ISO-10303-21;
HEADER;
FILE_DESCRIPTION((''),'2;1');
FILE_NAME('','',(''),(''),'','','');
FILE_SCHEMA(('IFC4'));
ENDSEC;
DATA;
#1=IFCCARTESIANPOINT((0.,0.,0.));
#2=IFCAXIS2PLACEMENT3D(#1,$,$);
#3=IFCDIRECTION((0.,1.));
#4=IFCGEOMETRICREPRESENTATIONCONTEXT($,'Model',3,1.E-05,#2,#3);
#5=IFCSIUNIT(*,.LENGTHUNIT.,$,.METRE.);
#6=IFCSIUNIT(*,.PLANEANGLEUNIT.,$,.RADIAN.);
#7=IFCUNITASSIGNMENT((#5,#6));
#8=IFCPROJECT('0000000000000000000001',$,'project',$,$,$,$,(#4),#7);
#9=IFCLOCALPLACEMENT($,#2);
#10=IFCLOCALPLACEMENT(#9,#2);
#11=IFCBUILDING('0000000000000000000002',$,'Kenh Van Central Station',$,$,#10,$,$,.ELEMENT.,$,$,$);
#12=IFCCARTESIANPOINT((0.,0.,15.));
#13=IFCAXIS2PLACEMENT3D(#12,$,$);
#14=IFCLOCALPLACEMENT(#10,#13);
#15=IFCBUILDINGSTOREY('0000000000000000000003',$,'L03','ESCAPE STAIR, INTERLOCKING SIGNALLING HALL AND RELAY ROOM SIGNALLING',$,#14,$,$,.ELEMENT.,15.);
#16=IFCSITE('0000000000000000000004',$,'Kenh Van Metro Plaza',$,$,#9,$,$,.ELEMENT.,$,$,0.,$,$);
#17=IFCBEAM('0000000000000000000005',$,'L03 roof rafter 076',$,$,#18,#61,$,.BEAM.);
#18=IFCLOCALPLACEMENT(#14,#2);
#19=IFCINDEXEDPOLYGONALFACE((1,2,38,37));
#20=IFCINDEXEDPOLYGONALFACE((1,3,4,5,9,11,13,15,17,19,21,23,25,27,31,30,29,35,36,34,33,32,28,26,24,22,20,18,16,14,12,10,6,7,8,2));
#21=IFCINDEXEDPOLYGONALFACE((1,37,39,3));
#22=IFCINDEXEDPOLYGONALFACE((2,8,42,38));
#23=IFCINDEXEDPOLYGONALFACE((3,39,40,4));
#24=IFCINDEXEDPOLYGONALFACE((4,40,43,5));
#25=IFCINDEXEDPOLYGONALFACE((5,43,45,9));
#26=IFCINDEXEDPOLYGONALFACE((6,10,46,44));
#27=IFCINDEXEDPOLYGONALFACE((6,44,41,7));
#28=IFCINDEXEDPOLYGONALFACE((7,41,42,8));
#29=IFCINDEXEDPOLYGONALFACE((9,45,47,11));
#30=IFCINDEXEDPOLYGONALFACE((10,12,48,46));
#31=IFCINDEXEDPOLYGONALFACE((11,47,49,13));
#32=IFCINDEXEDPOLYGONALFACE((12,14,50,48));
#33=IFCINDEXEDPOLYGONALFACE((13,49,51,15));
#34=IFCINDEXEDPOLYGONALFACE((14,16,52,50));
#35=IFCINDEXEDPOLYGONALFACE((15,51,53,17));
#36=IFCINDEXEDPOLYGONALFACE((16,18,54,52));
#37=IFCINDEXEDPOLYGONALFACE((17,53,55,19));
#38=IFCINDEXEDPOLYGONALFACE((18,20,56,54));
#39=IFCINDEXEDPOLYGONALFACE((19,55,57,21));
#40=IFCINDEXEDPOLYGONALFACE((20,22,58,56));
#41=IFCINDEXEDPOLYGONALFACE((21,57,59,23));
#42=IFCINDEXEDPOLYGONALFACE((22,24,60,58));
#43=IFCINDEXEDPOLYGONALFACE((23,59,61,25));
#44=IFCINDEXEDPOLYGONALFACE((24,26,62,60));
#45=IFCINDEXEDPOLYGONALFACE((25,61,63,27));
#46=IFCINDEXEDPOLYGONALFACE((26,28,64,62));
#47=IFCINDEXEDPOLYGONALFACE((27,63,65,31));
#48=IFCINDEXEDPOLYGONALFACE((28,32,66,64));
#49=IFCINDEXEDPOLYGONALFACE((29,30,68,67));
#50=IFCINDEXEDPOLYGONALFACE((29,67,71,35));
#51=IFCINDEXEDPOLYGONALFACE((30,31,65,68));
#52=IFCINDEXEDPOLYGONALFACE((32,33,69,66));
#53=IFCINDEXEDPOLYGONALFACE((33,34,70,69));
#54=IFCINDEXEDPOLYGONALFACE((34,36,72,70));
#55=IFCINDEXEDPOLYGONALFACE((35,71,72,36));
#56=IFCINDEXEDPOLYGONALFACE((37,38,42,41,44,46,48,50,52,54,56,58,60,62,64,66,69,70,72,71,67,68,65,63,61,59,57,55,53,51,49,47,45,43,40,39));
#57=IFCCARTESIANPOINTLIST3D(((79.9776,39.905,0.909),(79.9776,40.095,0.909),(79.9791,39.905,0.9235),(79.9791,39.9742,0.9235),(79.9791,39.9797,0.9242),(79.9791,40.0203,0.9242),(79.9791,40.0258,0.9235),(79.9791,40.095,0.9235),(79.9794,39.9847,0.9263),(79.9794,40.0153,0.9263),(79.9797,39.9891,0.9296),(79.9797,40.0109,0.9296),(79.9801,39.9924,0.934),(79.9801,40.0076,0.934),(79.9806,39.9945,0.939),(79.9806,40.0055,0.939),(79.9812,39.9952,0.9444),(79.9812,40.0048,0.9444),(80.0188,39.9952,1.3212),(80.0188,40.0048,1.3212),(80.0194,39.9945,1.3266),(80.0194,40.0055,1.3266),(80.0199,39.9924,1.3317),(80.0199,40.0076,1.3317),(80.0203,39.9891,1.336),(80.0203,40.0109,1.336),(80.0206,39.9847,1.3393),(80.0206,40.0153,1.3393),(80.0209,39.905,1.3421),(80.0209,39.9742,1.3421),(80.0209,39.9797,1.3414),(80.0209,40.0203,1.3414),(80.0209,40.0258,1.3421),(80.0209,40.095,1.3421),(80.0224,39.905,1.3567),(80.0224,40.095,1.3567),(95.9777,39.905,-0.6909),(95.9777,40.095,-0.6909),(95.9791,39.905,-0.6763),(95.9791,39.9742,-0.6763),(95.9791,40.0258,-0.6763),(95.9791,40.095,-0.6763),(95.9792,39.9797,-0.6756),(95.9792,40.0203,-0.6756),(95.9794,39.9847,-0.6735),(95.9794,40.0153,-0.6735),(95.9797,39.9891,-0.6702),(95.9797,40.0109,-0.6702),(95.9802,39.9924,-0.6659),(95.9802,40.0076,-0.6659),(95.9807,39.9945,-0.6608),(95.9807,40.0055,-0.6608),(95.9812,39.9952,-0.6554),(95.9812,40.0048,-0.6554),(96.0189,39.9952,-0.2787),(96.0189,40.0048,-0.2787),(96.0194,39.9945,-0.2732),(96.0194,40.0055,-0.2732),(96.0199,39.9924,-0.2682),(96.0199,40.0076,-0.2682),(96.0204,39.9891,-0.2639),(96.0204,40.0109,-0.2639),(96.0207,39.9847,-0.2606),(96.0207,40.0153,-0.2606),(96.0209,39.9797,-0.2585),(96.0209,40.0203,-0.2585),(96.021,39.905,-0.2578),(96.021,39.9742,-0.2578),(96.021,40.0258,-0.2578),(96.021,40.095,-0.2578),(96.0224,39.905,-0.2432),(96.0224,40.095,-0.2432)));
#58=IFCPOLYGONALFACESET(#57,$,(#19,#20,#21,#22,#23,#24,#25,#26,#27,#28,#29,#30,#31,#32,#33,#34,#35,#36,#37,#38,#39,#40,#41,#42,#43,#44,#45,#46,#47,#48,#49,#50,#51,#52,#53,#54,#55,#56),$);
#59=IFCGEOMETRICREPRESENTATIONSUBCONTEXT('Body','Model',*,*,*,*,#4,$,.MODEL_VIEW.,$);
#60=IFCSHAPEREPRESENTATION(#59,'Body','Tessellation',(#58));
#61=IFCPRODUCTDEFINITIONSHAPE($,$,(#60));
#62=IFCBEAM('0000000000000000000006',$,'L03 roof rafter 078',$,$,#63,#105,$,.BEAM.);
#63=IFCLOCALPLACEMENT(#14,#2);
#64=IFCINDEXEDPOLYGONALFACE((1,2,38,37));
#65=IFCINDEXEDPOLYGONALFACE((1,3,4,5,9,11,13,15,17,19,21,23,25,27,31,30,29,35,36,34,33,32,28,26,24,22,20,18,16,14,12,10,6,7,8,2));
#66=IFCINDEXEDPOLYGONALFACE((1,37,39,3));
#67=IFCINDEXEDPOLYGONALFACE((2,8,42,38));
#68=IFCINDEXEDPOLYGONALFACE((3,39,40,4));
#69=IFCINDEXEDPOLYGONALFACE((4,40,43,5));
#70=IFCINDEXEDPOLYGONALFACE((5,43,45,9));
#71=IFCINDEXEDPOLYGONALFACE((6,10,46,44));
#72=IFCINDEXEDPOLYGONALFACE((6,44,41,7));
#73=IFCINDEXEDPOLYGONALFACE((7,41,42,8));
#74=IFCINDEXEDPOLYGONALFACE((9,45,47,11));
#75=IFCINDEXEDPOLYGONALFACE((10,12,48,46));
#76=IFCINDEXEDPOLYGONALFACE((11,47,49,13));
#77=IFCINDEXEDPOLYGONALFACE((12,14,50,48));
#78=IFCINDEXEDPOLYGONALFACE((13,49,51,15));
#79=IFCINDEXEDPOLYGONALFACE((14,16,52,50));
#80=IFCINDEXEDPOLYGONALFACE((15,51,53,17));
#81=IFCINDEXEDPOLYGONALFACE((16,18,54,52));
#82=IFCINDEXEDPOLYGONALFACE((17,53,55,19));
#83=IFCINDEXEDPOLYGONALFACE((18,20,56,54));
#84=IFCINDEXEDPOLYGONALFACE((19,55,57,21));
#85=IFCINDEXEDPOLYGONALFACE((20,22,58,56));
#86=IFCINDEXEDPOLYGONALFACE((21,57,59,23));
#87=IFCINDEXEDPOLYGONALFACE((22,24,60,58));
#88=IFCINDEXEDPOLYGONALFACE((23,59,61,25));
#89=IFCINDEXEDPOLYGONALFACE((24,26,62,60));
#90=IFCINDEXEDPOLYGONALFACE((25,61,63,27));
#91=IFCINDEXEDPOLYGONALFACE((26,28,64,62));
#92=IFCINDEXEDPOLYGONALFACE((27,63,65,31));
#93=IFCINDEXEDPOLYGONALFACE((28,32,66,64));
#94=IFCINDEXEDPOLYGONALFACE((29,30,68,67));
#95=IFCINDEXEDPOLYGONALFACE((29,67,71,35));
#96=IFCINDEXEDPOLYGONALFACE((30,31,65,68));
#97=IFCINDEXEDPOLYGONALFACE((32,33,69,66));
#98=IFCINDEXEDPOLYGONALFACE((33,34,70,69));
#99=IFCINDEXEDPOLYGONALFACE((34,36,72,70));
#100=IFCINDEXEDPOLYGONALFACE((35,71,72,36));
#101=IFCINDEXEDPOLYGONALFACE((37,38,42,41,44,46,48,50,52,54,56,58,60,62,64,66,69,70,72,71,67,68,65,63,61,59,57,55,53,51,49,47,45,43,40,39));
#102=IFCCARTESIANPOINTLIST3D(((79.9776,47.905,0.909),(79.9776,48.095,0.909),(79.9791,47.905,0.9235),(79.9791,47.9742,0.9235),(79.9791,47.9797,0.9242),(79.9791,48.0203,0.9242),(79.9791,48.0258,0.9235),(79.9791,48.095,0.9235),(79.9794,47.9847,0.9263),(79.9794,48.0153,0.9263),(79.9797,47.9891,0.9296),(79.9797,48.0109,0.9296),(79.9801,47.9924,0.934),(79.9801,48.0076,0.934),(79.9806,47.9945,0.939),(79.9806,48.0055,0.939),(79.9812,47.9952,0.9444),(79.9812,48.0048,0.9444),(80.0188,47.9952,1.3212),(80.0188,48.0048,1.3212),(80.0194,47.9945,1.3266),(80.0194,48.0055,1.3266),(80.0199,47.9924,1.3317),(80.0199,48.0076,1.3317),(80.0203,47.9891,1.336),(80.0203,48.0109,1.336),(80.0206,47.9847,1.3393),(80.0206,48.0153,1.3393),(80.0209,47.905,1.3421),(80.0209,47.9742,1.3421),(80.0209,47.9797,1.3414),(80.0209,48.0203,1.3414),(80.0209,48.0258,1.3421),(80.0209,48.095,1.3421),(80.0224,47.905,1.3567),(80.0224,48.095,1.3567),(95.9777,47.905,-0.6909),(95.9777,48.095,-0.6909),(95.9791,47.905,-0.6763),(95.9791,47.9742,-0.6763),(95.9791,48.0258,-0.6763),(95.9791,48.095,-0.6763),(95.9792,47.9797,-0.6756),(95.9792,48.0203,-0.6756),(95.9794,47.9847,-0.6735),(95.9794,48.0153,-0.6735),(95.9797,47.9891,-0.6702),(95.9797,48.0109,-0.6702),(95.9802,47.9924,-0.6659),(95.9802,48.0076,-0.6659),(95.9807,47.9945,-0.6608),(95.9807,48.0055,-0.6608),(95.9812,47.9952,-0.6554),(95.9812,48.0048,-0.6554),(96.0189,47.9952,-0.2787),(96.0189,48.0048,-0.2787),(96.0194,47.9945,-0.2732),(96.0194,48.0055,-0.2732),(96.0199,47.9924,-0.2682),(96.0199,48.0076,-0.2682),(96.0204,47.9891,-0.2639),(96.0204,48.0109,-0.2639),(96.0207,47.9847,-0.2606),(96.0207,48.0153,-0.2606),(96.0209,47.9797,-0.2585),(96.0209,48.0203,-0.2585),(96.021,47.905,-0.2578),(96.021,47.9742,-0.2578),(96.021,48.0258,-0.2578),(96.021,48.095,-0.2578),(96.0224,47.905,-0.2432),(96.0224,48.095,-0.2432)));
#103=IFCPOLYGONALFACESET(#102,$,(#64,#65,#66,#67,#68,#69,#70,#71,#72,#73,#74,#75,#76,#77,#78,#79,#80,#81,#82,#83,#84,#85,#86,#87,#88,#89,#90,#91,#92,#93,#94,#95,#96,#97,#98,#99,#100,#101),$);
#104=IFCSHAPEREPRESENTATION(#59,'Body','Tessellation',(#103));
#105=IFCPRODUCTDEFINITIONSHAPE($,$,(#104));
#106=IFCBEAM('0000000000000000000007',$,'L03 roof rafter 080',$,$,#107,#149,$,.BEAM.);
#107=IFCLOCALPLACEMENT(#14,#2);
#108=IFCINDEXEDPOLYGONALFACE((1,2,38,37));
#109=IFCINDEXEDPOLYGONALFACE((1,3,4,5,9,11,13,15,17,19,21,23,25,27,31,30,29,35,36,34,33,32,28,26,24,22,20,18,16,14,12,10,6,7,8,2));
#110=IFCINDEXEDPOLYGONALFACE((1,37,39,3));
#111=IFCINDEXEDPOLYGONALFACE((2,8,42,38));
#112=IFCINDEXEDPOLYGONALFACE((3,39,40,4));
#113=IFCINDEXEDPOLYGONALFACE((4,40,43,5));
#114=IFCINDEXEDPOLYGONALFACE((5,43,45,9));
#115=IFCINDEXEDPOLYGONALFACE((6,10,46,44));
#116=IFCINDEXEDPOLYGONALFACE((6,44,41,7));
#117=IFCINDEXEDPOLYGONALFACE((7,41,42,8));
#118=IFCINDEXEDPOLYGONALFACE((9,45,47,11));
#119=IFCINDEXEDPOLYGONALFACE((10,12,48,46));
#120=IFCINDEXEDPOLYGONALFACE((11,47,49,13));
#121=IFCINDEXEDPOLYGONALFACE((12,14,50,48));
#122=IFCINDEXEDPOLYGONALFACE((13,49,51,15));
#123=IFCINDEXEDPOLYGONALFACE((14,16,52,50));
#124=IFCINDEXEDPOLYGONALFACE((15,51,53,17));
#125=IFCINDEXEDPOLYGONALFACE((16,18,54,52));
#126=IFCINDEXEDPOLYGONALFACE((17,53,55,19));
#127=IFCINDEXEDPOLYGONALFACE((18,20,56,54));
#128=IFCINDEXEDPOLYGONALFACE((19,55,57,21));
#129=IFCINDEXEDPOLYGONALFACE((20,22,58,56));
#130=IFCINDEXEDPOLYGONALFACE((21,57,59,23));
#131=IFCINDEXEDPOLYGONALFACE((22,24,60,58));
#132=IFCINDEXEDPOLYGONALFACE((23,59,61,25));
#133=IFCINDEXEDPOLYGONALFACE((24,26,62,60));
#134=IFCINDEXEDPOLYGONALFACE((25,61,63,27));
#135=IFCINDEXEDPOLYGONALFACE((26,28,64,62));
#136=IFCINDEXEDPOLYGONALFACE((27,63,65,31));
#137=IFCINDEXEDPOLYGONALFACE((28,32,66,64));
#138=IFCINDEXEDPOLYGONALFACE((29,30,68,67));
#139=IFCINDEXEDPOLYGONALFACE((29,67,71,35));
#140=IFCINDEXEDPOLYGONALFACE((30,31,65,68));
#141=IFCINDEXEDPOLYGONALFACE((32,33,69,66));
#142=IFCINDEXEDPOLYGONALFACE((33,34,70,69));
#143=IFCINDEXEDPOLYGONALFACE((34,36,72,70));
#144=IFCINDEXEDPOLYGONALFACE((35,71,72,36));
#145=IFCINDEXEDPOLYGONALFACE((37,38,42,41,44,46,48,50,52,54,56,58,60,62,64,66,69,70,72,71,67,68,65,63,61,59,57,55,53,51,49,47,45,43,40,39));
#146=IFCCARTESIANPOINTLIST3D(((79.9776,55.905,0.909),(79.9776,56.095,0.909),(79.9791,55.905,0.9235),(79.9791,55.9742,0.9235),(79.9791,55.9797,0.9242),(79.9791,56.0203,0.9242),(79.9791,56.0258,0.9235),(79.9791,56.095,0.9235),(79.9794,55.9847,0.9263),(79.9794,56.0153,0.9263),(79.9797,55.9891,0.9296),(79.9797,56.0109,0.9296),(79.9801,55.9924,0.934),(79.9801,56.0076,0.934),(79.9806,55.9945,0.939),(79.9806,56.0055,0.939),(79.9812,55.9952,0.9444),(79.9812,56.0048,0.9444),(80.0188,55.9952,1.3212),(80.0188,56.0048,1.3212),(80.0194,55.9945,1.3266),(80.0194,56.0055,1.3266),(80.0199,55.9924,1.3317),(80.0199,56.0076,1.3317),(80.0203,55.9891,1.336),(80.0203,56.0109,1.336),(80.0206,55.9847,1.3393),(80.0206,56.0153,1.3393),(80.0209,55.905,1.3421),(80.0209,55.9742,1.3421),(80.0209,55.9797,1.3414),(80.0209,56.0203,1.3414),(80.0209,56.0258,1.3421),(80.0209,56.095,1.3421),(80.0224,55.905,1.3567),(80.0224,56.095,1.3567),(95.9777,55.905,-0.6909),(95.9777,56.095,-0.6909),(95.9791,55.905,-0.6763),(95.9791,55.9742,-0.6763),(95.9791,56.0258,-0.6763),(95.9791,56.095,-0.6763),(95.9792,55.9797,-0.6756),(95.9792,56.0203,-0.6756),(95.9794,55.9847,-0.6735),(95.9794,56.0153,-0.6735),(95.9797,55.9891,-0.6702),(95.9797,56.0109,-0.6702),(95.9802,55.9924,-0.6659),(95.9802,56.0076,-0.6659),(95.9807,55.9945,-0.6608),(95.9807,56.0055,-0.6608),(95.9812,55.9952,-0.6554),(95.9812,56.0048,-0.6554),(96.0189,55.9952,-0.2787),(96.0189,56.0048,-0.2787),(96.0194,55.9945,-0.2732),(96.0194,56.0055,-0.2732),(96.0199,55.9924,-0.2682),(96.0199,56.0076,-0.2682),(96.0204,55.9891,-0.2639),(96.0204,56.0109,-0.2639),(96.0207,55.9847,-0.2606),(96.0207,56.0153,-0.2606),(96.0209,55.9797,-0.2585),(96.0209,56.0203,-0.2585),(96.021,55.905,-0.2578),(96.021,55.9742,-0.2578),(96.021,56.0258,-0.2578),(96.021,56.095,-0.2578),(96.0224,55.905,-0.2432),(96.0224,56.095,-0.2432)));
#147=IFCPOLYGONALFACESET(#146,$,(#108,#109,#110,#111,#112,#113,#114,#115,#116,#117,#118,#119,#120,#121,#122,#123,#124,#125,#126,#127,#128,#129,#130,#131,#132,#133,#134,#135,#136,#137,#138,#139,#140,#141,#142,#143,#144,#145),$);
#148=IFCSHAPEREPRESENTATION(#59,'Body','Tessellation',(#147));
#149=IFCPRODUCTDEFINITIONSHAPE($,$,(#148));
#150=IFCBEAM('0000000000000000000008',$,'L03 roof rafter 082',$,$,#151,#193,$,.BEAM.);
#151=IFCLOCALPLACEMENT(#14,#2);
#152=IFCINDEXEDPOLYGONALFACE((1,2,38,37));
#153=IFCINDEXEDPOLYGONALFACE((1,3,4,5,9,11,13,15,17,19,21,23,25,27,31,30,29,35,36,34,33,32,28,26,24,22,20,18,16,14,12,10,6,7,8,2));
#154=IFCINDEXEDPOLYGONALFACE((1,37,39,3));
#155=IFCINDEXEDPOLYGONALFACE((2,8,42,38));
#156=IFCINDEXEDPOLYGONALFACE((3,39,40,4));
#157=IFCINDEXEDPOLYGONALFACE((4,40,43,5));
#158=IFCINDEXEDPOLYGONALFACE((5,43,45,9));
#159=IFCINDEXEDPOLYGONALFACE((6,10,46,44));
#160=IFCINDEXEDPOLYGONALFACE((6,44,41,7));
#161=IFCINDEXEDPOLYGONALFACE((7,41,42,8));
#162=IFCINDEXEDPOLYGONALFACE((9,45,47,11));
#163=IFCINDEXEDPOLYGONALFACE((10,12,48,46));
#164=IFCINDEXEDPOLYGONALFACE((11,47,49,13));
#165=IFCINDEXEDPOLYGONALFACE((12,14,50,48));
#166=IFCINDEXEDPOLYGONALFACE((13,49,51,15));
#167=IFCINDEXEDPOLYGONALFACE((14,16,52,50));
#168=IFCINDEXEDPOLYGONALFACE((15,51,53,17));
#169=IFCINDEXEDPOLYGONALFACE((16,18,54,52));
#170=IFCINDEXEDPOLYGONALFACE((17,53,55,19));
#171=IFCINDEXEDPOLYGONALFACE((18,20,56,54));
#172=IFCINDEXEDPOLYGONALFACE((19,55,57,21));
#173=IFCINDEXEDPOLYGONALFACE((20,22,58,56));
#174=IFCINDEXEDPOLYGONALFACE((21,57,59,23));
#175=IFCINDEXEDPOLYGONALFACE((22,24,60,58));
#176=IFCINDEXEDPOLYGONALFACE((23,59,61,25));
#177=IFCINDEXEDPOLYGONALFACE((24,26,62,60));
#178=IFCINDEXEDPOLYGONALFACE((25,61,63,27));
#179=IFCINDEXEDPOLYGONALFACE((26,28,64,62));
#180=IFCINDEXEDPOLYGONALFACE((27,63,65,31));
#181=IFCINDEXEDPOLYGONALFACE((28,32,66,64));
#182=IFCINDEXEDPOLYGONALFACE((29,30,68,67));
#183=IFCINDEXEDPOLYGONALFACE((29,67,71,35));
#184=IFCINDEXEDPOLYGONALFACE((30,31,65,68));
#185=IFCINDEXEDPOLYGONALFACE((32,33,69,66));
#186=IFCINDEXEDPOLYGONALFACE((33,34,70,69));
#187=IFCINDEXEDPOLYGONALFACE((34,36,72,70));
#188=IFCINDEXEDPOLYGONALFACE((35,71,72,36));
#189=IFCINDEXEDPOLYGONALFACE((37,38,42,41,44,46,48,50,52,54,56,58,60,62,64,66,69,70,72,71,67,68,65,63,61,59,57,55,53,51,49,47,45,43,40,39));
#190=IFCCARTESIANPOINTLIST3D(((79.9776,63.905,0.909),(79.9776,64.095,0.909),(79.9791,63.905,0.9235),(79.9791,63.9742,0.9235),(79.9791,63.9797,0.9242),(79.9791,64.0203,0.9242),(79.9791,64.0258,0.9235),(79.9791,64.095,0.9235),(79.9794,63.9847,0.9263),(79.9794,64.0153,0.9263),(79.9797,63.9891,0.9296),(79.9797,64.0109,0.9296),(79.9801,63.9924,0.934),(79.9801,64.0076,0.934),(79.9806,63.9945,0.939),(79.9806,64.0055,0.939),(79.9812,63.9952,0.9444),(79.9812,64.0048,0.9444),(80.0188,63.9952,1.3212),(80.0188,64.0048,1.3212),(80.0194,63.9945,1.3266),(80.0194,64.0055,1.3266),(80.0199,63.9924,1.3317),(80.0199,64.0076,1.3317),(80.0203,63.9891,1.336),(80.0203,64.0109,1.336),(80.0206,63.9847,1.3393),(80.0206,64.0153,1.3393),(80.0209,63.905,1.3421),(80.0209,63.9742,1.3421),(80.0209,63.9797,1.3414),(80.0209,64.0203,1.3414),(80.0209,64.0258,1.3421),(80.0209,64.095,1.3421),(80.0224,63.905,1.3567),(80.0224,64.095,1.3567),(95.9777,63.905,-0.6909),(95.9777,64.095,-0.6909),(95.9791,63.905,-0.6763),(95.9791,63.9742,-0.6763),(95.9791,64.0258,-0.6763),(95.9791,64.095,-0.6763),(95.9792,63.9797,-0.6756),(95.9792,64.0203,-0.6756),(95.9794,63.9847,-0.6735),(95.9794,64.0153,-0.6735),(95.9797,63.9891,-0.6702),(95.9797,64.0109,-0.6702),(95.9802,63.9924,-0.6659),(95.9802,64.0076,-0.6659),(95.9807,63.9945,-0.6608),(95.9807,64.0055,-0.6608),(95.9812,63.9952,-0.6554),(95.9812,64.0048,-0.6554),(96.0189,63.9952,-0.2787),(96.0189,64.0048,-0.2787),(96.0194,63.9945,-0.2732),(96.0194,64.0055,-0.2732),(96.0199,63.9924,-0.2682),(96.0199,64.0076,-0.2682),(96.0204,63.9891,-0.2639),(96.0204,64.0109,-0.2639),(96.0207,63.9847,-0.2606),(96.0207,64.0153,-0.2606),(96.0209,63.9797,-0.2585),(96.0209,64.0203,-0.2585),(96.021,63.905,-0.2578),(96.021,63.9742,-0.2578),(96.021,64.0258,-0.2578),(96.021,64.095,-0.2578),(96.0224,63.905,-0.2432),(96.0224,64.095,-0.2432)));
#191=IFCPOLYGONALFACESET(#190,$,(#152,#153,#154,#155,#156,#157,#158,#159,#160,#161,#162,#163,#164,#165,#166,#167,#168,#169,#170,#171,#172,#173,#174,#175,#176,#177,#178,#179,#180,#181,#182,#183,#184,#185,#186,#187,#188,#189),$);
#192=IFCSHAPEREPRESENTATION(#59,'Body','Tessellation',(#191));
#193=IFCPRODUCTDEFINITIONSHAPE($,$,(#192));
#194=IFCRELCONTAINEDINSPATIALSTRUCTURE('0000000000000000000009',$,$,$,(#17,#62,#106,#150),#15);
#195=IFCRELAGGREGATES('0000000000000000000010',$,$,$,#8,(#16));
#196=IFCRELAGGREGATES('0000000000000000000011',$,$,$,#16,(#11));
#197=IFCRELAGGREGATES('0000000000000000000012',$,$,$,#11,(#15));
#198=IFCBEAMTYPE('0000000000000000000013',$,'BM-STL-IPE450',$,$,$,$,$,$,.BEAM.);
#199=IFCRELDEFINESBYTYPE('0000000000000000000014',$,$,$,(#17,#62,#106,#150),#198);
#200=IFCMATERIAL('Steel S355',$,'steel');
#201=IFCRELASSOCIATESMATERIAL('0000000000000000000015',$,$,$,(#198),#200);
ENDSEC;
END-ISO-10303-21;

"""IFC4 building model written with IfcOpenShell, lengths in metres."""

from ifc_helpers import new_model, si_unit, direction, frame, origin, origin_2d, place, context, subcontext, project, spatial, i_section, extrude, material, material_profile, profile_set, type_object, element, save


model = new_model("IFC4")

# Units and contexts
model_context = context("Model", 3, precision=1e-05, world=origin(), true_north=direction((0.0, 1.0)))
body_context = subcontext(model_context, "Body", "Model", "MODEL_VIEW")
ifc_project = project(units=[si_unit("LENGTHUNIT", "METRE"), si_unit("PLANEANGLEUNIT", "RADIAN")], contexts=[model_context])

# Site, building, storey
site_placement = place(None, origin())
site = spatial("IfcSite", under=ifc_project, at=site_placement, Name="Kenh Van Metro Plaza", CompositionType="ELEMENT", RefElevation=0.0)
building_placement = place(site_placement, origin())
building = spatial("IfcBuilding", under=site, at=building_placement, Name="Kenh Van Central Station", CompositionType="ELEMENT")
storey_placement = place(building_placement, frame((0.0, 0.0, 15.0)))
storey = spatial("IfcBuildingStorey", under=building, at=storey_placement, Name="L03", Description="ESCAPE STAIR, INTERLOCKING SIGNALLING HALL AND RELAY ROOM SIGNALLING", CompositionType="ELEMENT", Elevation=15.0)

# Beams
ifc_material_1 = material(Name="Steel S355", Category="steel")
ifc_material_profile_1 = material_profile(ifc_material_1, i_section(OverallWidth=0.1899, OverallDepth=0.45, WebThickness=0.0095, FlangeThickness=0.0146, FilletRadius=0.021, at=origin_2d()), Name="IPE 450")
ifc_profile_set_1 = profile_set([ifc_material_profile_1], Name="Steel S355")
beam_type_1 = type_object("IfcBeamType", Name="BM-STL-IPE450", PredefinedType="BEAM", material=ifc_profile_set_1)
for number, where, z_axis, x_axis, name in (
    (1, (80.0, 40.0, 1.1328), (0.995038, 0.0, -0.099495), (0.0, 1.0, 0.0), "L03 roof rafter 076"),
    (2, (80.0, 48.0, 1.1328), (0.995038, 0.0, -0.099495), (0.0, 1.0, 0.0), "L03 roof rafter 078"),
    (3, (80.0, 56.0, 1.1328), (0.995038, 0.0, -0.099495), (0.0, 1.0, 0.0), "L03 roof rafter 080"),
    (4, (80.0, 64.0, 1.1328), (0.995038, 0.0, -0.099495), (0.0, 1.0, 0.0), "L03 roof rafter 082"),
):
    element("IfcBeam", number, at=place(storey_placement, frame(where, z_axis=z_axis, x_axis=x_axis)), inside=storey, type_object=beam_type_1, Name=name, PredefinedType="BEAM", context=body_context, shape_type="SweptSolid", body=[
        extrude(i_section(OverallWidth=0.1899, OverallDepth=0.45, WebThickness=0.0095, FlangeThickness=0.0146, FilletRadius=0.021, at=origin_2d()), origin(), (0.0, 0.0, 1.0), 16.0798),
    ])

save(model, "model.ifc")
